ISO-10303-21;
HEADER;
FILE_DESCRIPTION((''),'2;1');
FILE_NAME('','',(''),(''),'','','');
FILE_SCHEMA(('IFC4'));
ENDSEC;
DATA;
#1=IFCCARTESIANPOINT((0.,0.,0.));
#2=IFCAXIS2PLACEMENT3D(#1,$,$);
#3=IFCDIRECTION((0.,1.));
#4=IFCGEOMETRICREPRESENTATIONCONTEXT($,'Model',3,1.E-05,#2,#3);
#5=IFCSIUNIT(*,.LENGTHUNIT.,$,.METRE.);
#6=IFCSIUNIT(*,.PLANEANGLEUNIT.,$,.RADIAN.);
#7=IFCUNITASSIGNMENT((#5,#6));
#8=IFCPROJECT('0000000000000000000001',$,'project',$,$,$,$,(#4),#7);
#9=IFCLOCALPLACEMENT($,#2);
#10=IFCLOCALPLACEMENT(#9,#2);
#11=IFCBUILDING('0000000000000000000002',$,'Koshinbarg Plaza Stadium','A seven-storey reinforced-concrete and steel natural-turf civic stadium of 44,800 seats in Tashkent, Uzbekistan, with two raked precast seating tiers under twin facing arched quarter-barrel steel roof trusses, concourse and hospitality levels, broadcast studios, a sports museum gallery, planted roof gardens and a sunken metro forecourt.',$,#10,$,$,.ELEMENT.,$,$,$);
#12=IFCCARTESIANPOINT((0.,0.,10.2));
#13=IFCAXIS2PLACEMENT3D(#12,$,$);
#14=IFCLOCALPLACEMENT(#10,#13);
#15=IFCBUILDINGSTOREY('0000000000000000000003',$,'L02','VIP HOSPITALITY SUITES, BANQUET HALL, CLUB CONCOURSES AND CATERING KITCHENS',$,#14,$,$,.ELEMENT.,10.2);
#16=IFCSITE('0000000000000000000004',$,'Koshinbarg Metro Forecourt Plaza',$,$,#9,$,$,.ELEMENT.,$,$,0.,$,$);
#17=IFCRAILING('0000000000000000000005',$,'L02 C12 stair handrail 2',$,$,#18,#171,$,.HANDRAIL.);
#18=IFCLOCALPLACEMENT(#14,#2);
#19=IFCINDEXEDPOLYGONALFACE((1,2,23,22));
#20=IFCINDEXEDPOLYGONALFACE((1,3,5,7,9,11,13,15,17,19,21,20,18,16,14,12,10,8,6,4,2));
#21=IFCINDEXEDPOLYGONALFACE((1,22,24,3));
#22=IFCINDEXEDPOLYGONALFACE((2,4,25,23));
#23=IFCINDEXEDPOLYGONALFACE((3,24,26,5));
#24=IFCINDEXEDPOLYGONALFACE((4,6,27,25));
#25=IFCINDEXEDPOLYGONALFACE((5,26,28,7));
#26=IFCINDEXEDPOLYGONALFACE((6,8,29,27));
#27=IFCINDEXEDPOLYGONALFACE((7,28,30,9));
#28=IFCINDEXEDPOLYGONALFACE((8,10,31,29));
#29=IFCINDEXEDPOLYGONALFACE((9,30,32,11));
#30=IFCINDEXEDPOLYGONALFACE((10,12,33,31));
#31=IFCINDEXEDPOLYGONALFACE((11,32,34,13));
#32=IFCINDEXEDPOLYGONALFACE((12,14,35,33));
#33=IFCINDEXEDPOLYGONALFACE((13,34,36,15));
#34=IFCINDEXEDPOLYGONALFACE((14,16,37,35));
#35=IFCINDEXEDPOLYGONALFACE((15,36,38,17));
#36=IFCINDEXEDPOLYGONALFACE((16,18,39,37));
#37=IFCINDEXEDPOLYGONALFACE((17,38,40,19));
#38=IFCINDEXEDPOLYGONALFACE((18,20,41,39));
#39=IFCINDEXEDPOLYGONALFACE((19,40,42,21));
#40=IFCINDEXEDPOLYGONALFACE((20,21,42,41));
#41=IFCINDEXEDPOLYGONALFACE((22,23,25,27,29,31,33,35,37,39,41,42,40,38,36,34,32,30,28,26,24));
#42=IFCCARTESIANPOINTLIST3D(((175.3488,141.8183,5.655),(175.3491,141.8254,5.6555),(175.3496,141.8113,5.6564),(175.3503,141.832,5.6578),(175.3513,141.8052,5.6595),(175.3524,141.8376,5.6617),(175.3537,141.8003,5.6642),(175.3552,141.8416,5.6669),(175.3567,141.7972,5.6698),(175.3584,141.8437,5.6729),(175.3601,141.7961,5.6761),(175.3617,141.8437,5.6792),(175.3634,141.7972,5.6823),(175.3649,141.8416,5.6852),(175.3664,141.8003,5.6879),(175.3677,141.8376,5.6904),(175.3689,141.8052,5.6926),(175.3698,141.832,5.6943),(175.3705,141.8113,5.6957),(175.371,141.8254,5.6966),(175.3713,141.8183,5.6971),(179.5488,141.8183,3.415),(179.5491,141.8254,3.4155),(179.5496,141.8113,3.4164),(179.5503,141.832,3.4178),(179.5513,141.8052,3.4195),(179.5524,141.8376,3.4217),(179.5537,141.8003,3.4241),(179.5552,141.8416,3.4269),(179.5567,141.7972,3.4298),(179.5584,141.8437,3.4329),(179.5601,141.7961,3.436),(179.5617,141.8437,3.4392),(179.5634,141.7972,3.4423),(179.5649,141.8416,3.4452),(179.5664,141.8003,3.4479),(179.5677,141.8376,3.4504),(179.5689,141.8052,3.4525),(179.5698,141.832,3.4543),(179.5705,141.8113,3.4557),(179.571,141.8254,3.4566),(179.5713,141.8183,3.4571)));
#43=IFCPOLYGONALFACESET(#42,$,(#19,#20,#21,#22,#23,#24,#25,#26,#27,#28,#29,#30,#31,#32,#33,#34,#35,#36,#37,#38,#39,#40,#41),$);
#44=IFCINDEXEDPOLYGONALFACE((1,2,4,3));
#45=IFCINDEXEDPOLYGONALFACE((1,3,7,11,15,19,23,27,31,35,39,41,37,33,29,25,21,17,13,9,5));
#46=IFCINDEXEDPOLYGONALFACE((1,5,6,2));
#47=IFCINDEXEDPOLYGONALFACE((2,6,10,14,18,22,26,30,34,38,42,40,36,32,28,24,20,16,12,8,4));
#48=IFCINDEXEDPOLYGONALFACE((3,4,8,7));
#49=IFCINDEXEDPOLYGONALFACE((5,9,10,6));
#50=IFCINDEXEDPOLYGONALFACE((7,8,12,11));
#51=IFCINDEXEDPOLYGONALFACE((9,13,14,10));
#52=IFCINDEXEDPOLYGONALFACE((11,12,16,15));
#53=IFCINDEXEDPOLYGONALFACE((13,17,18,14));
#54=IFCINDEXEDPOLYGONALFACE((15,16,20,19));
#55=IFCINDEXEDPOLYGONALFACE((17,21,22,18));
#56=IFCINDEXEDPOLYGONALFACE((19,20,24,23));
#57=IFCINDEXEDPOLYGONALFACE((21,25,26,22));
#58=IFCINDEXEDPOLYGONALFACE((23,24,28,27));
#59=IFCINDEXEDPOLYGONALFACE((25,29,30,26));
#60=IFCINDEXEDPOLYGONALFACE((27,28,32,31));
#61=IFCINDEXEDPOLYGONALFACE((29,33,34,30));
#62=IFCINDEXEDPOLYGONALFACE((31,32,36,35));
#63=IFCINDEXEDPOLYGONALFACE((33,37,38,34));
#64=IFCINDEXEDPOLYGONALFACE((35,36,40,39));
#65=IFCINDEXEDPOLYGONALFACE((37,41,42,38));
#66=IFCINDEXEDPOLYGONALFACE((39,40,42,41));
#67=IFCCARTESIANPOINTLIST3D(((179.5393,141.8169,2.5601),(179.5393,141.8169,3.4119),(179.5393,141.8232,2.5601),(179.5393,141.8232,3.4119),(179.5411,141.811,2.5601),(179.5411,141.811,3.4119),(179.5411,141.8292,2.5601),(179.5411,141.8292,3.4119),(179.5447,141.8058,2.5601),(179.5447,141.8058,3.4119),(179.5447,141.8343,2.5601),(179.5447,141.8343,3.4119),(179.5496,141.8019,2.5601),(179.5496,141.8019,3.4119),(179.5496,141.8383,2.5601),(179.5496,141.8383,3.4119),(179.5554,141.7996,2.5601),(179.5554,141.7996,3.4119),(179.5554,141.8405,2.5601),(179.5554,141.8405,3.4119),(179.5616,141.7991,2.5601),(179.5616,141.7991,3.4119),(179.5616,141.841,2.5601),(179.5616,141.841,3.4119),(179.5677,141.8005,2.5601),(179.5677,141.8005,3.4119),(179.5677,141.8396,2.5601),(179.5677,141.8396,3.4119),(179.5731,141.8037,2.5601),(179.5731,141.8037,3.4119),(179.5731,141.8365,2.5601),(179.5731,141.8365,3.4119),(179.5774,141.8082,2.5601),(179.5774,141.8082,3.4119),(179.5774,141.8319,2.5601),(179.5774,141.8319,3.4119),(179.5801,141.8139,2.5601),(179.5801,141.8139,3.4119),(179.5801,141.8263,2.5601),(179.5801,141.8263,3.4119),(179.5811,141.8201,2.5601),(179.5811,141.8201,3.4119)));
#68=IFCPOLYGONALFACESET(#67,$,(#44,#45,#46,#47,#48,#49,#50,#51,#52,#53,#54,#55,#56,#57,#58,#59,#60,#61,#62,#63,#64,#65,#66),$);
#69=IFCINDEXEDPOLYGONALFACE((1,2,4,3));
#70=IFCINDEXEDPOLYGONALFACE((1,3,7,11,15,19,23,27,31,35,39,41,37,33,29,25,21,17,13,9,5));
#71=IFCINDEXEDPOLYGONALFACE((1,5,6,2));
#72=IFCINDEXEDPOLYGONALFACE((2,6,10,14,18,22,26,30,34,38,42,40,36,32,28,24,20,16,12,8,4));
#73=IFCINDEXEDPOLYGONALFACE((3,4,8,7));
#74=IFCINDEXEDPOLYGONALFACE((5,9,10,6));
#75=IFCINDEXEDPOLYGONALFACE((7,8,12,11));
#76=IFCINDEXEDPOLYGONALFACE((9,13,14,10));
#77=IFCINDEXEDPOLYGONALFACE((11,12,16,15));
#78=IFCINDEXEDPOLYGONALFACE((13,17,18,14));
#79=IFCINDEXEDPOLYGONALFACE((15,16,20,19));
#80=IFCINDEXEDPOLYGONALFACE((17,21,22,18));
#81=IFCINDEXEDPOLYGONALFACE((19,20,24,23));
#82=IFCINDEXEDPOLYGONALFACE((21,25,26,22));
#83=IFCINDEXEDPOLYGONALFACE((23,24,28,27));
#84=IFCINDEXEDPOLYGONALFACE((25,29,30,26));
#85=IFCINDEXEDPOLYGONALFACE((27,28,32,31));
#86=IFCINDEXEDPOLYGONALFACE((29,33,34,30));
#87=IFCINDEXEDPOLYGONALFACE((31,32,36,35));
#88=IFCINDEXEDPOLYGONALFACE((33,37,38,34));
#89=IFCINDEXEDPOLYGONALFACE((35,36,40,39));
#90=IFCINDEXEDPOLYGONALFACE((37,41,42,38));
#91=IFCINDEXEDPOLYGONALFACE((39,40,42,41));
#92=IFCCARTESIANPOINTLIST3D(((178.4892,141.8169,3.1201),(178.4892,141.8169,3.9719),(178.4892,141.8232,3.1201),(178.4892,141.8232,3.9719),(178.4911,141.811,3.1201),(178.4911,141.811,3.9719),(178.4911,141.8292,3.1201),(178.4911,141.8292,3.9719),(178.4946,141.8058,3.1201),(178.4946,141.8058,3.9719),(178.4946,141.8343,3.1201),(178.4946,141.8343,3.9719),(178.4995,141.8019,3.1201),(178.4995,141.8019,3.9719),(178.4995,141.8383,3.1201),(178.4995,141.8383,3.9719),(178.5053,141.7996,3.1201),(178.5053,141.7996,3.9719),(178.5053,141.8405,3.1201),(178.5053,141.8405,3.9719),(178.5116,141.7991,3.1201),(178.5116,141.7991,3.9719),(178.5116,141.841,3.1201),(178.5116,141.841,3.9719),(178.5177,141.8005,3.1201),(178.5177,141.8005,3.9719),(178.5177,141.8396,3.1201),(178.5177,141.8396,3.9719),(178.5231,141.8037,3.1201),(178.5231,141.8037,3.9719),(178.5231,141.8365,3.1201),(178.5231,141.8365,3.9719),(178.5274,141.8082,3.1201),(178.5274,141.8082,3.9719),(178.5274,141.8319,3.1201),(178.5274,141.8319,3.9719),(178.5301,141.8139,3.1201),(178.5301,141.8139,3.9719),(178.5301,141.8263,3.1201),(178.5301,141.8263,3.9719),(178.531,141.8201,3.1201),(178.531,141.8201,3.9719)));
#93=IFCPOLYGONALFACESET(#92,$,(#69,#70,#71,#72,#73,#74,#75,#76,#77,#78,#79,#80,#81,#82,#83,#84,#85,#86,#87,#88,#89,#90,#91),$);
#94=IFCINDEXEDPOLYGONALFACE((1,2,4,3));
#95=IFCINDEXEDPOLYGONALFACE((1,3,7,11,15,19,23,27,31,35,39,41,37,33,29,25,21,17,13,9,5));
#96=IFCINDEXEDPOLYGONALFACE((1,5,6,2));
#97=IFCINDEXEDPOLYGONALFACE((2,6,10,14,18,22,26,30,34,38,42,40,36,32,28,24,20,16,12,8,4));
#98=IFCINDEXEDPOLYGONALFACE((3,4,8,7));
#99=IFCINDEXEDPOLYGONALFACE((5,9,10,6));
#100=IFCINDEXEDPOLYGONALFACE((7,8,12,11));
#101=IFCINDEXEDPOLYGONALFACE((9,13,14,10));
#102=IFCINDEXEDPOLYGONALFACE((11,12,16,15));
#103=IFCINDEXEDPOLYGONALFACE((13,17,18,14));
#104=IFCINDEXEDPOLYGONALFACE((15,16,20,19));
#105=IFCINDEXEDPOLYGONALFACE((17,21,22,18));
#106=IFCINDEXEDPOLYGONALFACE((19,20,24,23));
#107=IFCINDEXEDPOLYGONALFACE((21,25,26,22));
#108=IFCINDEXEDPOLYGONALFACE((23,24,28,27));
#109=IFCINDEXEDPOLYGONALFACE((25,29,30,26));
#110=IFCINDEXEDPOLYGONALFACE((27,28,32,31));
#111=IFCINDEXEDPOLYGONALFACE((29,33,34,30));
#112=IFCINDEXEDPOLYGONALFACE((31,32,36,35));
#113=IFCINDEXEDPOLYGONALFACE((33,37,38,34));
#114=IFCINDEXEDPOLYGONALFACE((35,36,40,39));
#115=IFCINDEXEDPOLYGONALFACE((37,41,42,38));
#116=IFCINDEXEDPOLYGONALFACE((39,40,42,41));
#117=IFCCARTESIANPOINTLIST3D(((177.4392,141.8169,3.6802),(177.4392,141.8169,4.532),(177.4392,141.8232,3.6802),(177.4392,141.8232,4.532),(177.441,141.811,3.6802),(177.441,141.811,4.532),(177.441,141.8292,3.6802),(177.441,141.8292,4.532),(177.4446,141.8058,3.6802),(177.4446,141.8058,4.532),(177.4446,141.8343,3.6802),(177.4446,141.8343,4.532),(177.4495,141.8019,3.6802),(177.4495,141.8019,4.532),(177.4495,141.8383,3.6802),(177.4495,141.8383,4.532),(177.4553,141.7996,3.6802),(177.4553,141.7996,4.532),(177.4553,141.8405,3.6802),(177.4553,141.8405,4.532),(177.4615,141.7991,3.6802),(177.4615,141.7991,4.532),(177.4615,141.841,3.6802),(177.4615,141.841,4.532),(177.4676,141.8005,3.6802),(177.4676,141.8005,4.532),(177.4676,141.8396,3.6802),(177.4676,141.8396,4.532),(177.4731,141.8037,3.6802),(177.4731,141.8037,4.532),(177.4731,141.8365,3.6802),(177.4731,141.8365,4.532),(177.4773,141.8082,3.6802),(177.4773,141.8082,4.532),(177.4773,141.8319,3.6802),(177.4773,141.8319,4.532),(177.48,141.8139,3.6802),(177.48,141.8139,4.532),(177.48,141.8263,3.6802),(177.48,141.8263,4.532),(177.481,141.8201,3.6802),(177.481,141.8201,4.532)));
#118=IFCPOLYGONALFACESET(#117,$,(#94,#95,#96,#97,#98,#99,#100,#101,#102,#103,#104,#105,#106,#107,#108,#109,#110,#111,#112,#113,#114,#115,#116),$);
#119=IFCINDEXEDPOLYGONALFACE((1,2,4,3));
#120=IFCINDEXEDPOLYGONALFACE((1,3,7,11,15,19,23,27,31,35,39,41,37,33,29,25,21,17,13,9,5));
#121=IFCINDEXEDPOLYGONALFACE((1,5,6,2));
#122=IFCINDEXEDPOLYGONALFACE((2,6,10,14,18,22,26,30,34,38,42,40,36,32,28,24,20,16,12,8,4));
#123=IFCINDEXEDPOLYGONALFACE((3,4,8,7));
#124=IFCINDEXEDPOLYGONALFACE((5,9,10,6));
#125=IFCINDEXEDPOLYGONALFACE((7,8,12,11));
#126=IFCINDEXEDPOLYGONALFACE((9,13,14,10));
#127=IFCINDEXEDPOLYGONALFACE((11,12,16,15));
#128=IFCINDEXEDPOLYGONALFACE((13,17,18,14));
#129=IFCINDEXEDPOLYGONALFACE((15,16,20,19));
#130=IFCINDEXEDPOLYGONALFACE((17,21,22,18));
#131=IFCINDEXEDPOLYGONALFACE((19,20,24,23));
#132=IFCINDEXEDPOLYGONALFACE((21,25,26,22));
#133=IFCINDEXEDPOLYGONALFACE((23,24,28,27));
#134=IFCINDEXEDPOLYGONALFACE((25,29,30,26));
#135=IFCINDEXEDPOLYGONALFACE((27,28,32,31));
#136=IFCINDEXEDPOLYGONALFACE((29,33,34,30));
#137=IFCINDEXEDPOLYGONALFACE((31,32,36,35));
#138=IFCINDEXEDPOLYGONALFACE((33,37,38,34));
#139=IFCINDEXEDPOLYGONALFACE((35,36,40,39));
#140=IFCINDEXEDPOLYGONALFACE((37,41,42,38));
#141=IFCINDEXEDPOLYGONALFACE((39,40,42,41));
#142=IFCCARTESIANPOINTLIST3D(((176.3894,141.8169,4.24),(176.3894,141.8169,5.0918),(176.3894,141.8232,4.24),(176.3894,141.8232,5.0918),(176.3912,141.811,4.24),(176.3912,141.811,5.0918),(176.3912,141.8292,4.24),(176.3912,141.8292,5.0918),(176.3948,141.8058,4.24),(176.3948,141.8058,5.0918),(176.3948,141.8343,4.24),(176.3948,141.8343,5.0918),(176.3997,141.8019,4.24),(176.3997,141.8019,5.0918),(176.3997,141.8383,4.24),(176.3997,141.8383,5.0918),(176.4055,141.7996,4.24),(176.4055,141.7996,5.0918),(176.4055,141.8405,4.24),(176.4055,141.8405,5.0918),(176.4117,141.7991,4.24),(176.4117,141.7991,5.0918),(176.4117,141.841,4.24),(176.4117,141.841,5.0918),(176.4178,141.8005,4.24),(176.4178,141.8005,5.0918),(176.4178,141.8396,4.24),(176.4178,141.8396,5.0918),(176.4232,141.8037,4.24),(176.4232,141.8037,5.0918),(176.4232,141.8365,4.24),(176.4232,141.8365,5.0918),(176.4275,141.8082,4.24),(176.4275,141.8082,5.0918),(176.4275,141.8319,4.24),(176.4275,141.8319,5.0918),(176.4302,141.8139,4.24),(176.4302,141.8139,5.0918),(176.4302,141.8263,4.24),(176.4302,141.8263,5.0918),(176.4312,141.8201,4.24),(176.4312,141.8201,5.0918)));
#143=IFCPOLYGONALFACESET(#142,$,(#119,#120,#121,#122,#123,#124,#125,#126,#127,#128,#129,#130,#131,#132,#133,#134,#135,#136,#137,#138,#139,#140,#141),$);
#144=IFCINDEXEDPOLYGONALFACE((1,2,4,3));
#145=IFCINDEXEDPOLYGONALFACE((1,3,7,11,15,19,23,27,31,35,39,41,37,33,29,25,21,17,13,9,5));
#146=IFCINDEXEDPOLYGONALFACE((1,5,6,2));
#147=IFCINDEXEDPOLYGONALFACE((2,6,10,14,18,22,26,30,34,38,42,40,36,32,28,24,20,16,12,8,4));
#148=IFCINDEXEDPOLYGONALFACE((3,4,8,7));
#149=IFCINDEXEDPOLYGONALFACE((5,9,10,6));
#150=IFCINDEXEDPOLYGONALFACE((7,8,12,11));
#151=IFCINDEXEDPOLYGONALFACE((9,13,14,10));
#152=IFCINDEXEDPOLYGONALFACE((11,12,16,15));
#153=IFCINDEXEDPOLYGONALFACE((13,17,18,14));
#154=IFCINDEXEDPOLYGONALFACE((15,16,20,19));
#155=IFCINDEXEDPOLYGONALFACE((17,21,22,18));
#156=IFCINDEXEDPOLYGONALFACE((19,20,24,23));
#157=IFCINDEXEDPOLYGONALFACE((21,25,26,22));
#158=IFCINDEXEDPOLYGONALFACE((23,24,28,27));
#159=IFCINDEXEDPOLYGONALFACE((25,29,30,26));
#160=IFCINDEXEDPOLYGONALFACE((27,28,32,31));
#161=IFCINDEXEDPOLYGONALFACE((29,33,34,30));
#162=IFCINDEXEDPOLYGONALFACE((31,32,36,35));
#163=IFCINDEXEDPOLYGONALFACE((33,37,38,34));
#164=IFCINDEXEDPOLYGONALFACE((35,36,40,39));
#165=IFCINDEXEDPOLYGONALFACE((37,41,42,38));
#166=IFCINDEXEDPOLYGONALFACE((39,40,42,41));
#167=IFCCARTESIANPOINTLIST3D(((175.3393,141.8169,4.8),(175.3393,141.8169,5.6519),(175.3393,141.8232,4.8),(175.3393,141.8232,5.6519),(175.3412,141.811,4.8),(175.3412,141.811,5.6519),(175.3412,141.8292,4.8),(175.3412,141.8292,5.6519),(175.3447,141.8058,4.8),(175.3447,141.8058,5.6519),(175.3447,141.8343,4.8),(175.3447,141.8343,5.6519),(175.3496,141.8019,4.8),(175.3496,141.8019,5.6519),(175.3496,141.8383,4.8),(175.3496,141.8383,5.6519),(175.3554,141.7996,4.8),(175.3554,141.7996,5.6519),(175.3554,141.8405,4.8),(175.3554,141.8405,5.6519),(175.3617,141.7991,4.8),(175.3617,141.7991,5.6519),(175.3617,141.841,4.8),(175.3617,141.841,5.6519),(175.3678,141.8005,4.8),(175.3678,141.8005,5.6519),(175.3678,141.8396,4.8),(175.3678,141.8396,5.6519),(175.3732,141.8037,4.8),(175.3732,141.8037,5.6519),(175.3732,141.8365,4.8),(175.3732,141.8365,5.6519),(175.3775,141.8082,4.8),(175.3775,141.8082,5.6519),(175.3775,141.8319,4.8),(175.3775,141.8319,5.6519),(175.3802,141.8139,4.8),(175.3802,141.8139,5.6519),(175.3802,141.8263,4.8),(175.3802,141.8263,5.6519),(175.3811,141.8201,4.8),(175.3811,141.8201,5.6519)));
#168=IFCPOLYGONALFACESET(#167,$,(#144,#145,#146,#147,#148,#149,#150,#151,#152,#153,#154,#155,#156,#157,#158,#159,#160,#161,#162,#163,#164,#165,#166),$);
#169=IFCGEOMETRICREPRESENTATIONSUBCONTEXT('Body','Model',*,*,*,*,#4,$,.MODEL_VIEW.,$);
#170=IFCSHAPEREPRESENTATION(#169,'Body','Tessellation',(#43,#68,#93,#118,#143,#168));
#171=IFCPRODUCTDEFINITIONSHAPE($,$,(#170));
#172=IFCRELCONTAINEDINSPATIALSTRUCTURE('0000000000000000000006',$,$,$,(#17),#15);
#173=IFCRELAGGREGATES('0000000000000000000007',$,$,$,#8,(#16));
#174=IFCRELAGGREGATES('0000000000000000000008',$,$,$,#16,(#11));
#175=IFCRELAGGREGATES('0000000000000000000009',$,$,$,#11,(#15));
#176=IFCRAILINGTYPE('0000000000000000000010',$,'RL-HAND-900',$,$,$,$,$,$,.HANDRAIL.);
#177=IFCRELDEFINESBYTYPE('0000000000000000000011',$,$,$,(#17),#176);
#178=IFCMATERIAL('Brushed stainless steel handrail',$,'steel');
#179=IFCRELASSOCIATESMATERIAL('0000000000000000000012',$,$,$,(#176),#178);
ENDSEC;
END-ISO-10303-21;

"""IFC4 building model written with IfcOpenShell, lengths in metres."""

from ifc_helpers import new_model, si_unit, direction, frame, origin, origin_2d, place, context, subcontext, project, spatial, circle, extrude, material, type_object, element, save


model = new_model("IFC4")

# Units and contexts
model_context = context("Model", 3, precision=1e-05, world=origin(), true_north=direction((0.0, 1.0)))
body_context = subcontext(model_context, "Body", "Model", "MODEL_VIEW")
ifc_project = project(units=[si_unit("LENGTHUNIT", "METRE"), si_unit("PLANEANGLEUNIT", "RADIAN")], contexts=[model_context])

# Site, building, storey
site_placement = place(None, origin())
site = spatial("IfcSite", under=ifc_project, at=site_placement, Name="Koshinbarg Metro Forecourt Plaza", CompositionType="ELEMENT", RefElevation=0.0)
building_placement = place(site_placement, origin())
building = spatial("IfcBuilding", under=site, at=building_placement, Name="Koshinbarg Plaza Stadium", Description="A seven-storey reinforced-concrete and steel natural-turf civic stadium of 44,800 seats in Tashkent, Uzbekistan, with two raked precast seating tiers under twin facing arched quarter-barrel steel roof trusses, concourse and hospitality levels, broadcast studios, a sports museum gallery, planted roof gardens and a sunken metro forecourt.", CompositionType="ELEMENT")
storey_placement = place(building_placement, frame((0.0, 0.0, 10.2)))
storey = spatial("IfcBuildingStorey", under=building, at=storey_placement, Name="L02", Description="VIP HOSPITALITY SUITES, BANQUET HALL, CLUB CONCOURSES AND CATERING KITCHENS", CompositionType="ELEMENT", Elevation=10.2)

# Railing
ifc_material_1 = material(Name="Brushed stainless steel handrail", Category="steel")
railing_type_1 = type_object("IfcRailingType", Name="RL-HAND-900", PredefinedType="HANDRAIL", material=ifc_material_1)
railing_1_placement = place(storey_placement, frame((179.5601, 141.8201, 2.5601)))
element("IfcRailing", 1, at=railing_1_placement, inside=storey, type_object=railing_type_1, Name="L02 C12 stair handrail 2", PredefinedType="HANDRAIL", context=body_context, shape_type="SweptSolid", body=[
    extrude(circle(Radius=0.0239, at=origin_2d()), frame((0.0, 0.0, 0.876), z_axis=(-0.882352, 0.0, 0.470591), x_axis=(0.0, -1.0, 0.0)), (0.0, 0.0, 1.0), 4.76),
    extrude(circle(Radius=0.021, at=origin_2d()), origin(), (0.0, 0.0, 1.0), 0.8518),
    extrude(circle(Radius=0.021, at=origin_2d()), frame((-1.05, 0.0, 0.5601)), (0.0, 0.0, 1.0), 0.8518),
    extrude(circle(Radius=0.021, at=origin_2d()), frame((-2.1001, 0.0, 1.1201)), (0.0, 0.0, 1.0), 0.8518),
    extrude(circle(Radius=0.021, at=origin_2d()), frame((-3.1499, 0.0, 1.6799)), (0.0, 0.0, 1.0), 0.8518),
    extrude(circle(Radius=0.021, at=origin_2d()), frame((-4.2, 0.0, 2.24)), (0.0, 0.0, 1.0), 0.8518),
])

save(model, "model.ifc")
